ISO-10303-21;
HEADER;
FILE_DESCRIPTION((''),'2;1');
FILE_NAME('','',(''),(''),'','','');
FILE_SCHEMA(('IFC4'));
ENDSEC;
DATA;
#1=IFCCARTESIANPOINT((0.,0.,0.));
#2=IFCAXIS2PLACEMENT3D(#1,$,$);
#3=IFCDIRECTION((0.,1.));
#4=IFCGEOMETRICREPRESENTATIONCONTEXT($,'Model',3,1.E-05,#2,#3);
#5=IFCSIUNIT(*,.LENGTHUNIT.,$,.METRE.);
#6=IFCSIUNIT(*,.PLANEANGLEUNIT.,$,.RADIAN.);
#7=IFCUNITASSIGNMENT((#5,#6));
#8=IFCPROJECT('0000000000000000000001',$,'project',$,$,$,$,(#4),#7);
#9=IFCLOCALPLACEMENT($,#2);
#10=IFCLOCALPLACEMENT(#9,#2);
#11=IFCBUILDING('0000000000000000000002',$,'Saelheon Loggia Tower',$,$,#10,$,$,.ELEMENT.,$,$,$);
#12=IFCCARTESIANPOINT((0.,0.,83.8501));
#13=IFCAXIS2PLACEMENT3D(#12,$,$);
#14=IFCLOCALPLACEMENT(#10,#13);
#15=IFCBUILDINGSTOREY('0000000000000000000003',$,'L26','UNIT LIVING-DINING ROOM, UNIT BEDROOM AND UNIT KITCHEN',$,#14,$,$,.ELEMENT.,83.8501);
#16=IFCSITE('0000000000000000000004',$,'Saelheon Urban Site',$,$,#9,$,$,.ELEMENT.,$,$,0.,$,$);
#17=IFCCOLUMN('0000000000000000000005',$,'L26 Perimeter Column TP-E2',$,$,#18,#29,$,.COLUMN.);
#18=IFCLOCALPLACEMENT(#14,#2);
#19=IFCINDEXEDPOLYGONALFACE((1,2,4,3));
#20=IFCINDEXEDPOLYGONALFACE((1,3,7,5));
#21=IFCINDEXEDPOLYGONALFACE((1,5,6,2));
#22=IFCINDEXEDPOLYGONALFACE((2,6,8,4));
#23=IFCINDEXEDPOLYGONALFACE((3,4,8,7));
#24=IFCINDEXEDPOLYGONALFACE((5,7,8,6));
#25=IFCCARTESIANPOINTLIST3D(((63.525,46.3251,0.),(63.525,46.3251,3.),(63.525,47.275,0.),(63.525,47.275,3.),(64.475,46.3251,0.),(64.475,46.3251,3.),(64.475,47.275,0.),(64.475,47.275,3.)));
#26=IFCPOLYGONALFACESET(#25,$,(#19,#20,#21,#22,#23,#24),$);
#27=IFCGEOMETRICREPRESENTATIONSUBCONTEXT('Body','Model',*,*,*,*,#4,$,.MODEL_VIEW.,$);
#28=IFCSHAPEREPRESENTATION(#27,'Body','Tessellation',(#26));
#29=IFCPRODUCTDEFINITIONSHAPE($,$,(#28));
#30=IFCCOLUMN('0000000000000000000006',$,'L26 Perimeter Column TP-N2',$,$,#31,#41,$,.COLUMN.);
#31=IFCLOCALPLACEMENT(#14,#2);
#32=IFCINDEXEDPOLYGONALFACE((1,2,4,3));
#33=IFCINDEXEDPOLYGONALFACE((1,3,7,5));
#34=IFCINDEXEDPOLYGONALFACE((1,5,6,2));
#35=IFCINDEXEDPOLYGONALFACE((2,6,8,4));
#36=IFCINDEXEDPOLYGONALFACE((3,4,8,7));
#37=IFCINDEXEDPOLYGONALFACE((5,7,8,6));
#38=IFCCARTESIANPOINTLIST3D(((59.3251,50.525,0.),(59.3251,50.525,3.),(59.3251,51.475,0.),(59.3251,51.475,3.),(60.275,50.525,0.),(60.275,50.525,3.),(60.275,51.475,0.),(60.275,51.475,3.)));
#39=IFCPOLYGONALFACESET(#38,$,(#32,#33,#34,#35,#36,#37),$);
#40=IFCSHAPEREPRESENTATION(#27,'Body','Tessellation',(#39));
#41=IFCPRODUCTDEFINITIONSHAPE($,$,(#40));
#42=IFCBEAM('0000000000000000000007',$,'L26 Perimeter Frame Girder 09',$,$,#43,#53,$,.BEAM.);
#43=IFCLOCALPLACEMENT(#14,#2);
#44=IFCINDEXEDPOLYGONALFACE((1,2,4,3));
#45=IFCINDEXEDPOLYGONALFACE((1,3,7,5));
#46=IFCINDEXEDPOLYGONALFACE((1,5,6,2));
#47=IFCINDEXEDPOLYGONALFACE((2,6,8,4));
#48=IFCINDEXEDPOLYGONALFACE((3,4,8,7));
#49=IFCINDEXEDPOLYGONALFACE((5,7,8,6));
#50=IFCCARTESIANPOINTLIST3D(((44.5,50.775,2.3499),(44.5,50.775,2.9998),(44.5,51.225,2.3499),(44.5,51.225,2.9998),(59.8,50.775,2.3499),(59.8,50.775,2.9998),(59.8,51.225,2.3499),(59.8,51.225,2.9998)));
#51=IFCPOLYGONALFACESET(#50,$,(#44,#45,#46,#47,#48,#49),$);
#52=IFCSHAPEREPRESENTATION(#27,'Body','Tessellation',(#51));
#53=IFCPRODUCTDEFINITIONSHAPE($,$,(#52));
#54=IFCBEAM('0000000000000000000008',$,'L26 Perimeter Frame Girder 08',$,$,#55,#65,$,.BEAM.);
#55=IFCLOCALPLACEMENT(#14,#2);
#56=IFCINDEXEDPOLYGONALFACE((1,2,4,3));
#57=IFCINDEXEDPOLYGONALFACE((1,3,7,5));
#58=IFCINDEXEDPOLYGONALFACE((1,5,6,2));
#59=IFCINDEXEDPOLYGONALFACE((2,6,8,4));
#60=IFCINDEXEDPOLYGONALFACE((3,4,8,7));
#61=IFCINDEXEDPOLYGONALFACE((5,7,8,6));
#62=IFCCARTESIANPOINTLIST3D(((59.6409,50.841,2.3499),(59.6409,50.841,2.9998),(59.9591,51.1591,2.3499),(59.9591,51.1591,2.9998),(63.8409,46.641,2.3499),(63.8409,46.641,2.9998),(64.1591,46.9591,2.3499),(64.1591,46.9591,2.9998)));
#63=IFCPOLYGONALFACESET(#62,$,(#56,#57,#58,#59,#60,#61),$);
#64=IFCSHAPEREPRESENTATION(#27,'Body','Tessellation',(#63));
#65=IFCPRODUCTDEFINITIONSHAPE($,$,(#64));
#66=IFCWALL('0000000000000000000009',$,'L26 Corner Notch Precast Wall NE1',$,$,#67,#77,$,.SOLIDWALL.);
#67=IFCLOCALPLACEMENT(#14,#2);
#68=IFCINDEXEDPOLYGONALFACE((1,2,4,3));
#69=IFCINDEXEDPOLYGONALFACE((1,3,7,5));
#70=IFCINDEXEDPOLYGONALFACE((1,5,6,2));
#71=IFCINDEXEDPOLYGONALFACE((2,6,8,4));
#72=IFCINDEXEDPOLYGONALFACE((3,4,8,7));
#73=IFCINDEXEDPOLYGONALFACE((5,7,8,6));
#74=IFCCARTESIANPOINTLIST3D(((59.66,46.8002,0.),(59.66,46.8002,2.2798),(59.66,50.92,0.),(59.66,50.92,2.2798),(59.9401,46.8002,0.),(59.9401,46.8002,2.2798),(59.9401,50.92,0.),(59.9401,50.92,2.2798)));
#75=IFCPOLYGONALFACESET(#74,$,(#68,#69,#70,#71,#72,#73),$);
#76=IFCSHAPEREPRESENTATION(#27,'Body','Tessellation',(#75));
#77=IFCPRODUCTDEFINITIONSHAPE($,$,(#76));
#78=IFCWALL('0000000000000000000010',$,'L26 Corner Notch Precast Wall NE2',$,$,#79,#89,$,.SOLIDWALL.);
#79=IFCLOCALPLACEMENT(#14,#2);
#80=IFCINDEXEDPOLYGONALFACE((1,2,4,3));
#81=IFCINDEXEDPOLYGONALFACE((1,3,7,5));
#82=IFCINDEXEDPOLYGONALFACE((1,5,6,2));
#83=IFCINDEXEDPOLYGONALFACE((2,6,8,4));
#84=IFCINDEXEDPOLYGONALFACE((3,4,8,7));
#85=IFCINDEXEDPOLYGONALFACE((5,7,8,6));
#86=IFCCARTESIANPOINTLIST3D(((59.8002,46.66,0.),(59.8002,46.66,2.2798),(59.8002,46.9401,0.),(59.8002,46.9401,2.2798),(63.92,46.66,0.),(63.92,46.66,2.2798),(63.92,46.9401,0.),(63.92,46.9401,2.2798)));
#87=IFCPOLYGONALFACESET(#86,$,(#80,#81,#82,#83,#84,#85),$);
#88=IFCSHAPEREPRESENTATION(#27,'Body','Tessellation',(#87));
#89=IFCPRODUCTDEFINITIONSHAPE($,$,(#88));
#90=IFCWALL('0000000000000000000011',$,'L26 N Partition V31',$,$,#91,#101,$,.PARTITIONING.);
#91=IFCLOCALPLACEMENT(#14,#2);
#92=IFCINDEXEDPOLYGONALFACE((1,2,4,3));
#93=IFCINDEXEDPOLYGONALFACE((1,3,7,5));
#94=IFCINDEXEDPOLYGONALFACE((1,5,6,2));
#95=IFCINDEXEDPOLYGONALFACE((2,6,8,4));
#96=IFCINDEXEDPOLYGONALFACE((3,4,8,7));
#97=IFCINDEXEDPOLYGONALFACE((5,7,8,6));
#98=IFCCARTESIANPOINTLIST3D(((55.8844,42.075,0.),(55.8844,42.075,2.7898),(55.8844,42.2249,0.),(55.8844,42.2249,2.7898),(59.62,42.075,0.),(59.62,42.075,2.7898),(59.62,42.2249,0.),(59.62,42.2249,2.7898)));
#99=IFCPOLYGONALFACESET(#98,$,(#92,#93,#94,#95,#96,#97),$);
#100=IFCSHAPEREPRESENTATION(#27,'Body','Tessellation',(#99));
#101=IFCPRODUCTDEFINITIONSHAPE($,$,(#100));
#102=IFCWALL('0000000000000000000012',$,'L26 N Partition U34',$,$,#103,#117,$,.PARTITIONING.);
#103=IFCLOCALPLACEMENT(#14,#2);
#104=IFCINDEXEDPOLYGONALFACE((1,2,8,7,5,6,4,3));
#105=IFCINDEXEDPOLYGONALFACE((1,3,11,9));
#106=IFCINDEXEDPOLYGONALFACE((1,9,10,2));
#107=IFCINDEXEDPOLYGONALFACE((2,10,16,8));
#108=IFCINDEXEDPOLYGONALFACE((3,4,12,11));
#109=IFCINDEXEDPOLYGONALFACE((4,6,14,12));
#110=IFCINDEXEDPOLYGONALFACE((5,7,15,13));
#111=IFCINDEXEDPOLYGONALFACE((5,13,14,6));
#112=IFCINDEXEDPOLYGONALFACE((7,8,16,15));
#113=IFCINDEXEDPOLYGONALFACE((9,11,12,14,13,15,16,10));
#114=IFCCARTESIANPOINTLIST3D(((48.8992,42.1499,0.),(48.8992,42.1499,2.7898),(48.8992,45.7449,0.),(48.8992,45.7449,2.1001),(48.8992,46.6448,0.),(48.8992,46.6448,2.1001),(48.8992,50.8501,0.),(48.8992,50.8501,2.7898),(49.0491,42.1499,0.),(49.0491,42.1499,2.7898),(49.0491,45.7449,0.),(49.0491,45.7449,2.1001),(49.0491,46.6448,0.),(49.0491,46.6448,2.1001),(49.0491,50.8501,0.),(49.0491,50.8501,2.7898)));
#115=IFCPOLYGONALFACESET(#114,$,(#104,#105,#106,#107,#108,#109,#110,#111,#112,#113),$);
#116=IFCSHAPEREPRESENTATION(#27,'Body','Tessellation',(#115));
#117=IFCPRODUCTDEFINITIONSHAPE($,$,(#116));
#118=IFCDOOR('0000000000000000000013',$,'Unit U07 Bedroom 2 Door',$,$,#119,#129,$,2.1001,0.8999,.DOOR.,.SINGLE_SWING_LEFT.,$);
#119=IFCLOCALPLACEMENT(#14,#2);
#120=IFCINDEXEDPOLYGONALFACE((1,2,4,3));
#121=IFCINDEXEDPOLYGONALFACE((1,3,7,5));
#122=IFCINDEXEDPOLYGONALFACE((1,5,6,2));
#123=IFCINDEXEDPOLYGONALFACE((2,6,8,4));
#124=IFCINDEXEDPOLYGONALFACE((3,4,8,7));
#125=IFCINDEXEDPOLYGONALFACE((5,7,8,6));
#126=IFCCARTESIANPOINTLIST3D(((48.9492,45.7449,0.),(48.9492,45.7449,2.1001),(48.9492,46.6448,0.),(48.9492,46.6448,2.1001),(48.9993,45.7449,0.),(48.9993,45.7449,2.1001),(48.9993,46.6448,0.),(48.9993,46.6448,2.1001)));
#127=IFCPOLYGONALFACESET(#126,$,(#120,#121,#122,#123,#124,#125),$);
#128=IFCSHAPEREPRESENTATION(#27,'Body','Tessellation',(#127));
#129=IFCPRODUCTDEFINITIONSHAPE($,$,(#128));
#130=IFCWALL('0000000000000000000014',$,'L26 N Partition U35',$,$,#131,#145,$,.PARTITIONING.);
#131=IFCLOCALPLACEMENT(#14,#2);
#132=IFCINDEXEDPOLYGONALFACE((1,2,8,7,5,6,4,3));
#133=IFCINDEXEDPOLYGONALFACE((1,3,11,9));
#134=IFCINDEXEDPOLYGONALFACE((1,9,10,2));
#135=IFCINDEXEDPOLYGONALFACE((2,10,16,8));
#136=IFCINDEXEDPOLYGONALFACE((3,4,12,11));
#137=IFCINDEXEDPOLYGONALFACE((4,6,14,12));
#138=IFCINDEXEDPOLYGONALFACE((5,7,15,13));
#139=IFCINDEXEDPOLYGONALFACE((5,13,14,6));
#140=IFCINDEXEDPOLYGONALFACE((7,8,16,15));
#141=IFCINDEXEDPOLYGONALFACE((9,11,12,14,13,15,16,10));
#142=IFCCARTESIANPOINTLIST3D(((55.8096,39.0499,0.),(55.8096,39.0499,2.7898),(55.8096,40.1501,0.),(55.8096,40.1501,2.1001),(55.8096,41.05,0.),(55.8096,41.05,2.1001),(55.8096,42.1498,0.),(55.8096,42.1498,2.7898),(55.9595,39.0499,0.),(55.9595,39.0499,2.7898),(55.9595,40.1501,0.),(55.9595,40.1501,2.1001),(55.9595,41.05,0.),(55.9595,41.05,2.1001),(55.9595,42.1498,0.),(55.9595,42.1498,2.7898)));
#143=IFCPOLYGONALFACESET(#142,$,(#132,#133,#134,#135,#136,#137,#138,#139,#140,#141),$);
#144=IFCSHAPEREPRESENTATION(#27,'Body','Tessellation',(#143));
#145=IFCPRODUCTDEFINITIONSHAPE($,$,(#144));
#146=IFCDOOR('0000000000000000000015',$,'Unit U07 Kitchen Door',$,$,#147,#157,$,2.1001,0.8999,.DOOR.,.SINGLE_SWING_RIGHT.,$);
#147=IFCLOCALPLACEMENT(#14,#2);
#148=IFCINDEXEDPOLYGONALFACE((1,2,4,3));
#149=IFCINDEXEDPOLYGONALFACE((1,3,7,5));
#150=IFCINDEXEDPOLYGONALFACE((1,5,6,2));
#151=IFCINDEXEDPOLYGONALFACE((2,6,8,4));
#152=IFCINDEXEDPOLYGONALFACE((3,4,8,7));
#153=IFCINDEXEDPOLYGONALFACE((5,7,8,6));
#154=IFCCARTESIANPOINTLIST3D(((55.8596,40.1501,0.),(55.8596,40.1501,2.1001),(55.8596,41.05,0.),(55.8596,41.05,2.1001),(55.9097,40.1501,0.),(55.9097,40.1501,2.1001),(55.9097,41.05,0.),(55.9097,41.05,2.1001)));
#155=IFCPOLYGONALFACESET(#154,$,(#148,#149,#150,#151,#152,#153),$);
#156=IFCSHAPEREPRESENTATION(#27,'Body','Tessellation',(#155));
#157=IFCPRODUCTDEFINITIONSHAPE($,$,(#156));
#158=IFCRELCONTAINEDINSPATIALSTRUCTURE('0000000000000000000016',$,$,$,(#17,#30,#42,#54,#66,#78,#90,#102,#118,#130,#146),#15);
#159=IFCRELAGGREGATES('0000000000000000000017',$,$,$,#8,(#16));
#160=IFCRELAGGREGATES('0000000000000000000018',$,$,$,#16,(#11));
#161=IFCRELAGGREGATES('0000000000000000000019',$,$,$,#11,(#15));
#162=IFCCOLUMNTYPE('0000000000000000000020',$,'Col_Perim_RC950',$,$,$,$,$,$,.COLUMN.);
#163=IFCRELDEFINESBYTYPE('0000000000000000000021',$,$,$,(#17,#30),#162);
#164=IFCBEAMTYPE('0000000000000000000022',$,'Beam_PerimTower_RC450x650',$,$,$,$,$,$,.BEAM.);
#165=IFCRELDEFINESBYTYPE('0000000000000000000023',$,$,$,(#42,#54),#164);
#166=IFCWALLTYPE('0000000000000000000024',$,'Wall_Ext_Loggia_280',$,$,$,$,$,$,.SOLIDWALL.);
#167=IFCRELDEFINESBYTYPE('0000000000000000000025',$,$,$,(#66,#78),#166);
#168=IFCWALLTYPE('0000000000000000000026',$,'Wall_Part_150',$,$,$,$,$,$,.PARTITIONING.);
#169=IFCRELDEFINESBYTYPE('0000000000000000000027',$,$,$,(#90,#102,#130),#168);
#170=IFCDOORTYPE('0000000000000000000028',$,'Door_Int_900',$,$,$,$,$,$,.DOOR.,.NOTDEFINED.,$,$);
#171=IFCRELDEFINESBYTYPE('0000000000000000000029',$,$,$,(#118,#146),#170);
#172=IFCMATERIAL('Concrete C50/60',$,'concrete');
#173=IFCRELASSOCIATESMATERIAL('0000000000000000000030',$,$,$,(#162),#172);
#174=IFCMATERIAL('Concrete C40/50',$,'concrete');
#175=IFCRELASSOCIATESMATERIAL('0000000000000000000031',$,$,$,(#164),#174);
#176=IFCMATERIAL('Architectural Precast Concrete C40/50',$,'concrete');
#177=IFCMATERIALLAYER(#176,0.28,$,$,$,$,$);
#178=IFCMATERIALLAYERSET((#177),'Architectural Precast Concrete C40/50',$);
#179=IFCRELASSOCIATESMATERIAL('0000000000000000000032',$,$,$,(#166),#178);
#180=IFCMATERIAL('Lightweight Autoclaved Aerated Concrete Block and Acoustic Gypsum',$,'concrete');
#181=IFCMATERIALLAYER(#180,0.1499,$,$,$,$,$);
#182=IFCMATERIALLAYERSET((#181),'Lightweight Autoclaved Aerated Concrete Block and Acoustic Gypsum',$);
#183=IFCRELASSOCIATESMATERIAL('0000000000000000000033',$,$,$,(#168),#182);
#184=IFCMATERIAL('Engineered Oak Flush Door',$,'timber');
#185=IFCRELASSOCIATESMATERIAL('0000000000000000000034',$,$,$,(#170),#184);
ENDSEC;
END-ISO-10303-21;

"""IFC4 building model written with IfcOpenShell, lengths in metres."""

from ifc_helpers import new_model, si_unit, direction, frame, frame_2d, origin, origin_2d, place, context, subcontext, project, spatial, rectangle, extrude, source, transform, mapped, material, layer, layer_set, material_profile, profile_set, type_object, element, fill, save


model = new_model("IFC4")

# Units and contexts
model_context = context("Model", 3, precision=1e-05, world=origin(), true_north=direction((0.0, 1.0)))
body_context = subcontext(model_context, "Body", "Model", "MODEL_VIEW")
ifc_project = project(units=[si_unit("LENGTHUNIT", "METRE"), si_unit("PLANEANGLEUNIT", "RADIAN")], contexts=[model_context])

# Site, building, storey
site_placement = place(None, origin())
site = spatial("IfcSite", under=ifc_project, at=site_placement, Name="Saelheon Urban Site", CompositionType="ELEMENT", RefElevation=0.0)
building_placement = place(site_placement, origin())
building = spatial("IfcBuilding", under=site, at=building_placement, Name="Saelheon Loggia Tower", CompositionType="ELEMENT")
storey_placement = place(building_placement, frame((0.0, 0.0, 83.8501)))
storey = spatial("IfcBuildingStorey", under=building, at=storey_placement, Name="L26", Description="UNIT LIVING-DINING ROOM, UNIT BEDROOM AND UNIT KITCHEN", CompositionType="ELEMENT", Elevation=83.8501)

# Columns
ifc_material_1 = material(Name="Concrete C50/60", Category="concrete")
ifc_material_profile_1 = material_profile(ifc_material_1, rectangle(XDim=0.95, YDim=0.95, at=origin_2d()), Name="RC-950x950")
ifc_profile_set_1 = profile_set([ifc_material_profile_1], Name="Concrete C50/60")
column_type = type_object("IfcColumnType", Name="Col_Perim_RC950", PredefinedType="COLUMN", material=ifc_profile_set_1)
shared_shape_1 = source(origin(), body_context, "Body", "SweptSolid", [
    extrude(rectangle(XDim=0.95, YDim=0.95, at=origin_2d()), origin(), (0.0, 0.0, 1.0), 3.0),
])
for number, where, z_axis, x_axis, name in (
    (1, (64.0, 46.8, 0.0), (0.0, 0.0, 1.0), (1.0, 0.0, 0.0), "L26 Perimeter Column TP-E2"),
    (2, (59.8, 51.0, 0.0), (0.0, 0.0, 1.0), (1.0, 0.0, 0.0), "L26 Perimeter Column TP-N2"),
):
    element("IfcColumn", number, at=place(storey_placement, frame(where, z_axis=z_axis, x_axis=x_axis)), inside=storey, type_object=column_type, Name=name, PredefinedType="COLUMN", context=body_context, shape_type="MappedRepresentation", body=[
        mapped(shared_shape_1, transform((0.0, 0.0, 0.0), scale=1.0)),
    ])

# Beams
ifc_material_2 = material(Name="Concrete C40/50", Category="concrete")
ifc_material_profile_2 = material_profile(ifc_material_2, rectangle(XDim=0.45, YDim=0.6499, at=origin_2d()), Name="RC-450x650")
ifc_profile_set_2 = profile_set([ifc_material_profile_2], Name="Concrete C40/50")
beam_type = type_object("IfcBeamType", Name="Beam_PerimTower_RC450x650", PredefinedType="BEAM", material=ifc_profile_set_2)
shared_shape_2 = source(origin(), body_context, "Body", "SweptSolid", [
    extrude(rectangle(XDim=0.45, YDim=0.6499, at=origin_2d()), origin(), (0.0, 0.0, 1.0), 15.3),
])
beam_1_placement = place(storey_placement, frame((59.8, 51.0, 2.6748), z_axis=(-1.0, 0.0, 0.0), x_axis=(0.0, -1.0, 0.0)))
element("IfcBeam", 3, at=beam_1_placement, inside=storey, type_object=beam_type, Name="L26 Perimeter Frame Girder 09", PredefinedType="BEAM", context=body_context, shape_type="MappedRepresentation", body=[
    mapped(shared_shape_2, transform((0.0, 0.0, 0.0), scale=1.0)),
])
shared_shape_3 = source(origin(), body_context, "Body", "SweptSolid", [
    extrude(rectangle(XDim=0.45, YDim=0.6499, at=origin_2d()), origin(), (0.0, 0.0, 1.0), 5.9397),
])
beam_2_placement = place(storey_placement, frame((64.0, 46.8, 2.6748), z_axis=(-0.707107, 0.707107, 0.0), x_axis=(-0.707107, -0.707107, 0.0)))
element("IfcBeam", 4, at=beam_2_placement, inside=storey, type_object=beam_type, Name="L26 Perimeter Frame Girder 08", PredefinedType="BEAM", context=body_context, shape_type="MappedRepresentation", body=[
    mapped(shared_shape_3, transform((0.0, 0.0, 0.0), scale=1.0)),
])

# Walls
ifc_material_3 = material(Name="Architectural Precast Concrete C40/50", Category="concrete")
ifc_layer_1 = layer(ifc_material_3, 0.28)
ifc_layer_set_1 = layer_set([ifc_layer_1], Name="Architectural Precast Concrete C40/50")
wall_type_1 = type_object("IfcWallType", Name="Wall_Ext_Loggia_280", PredefinedType="SOLIDWALL", material=ifc_layer_set_1)
for number, where, z_axis, x_axis, name in (
    (5, (59.8, 46.8, 0.0), (0.0, 0.0, 1.0), (0.0, 1.0, 0.0), "L26 Corner Notch Precast Wall NE1"),
    (6, (59.8, 46.8, 0.0), (0.0, 0.0, 1.0), (1.0, 0.0, 0.0), "L26 Corner Notch Precast Wall NE2"),
):
    element("IfcWall", number, at=place(storey_placement, frame(where, z_axis=z_axis, x_axis=x_axis)), inside=storey, type_object=wall_type_1, Name=name, PredefinedType="SOLIDWALL", context=body_context, shape_type="SweptSolid", body=[
        extrude(rectangle(XDim=4.1199, YDim=0.28, at=frame_2d((2.0601, 0.0))), origin(), (0.0, 0.0, 1.0), 2.2798),
    ])
ifc_material_4 = material(Name="Lightweight Autoclaved Aerated Concrete Block and Acoustic Gypsum", Category="concrete")
ifc_layer_2 = layer(ifc_material_4, 0.1499)
ifc_layer_set_2 = layer_set([ifc_layer_2], Name="Lightweight Autoclaved Aerated Concrete Block and Acoustic Gypsum")
wall_type_2 = type_object("IfcWallType", Name="Wall_Part_150", PredefinedType="PARTITIONING", material=ifc_layer_set_2)
wall_1_placement = place(storey_placement, frame((55.8845, 42.1499, 0.0), z_axis=(0.0, 0.0, 1.0), x_axis=(1.0, 0.0, 0.0)))
element("IfcWall", 7, at=wall_1_placement, inside=storey, type_object=wall_type_2, Name="L26 N Partition V31", PredefinedType="PARTITIONING", context=body_context, shape_type="SweptSolid", body=[
    extrude(rectangle(XDim=3.7356, YDim=0.1499, at=frame_2d((1.8677, 0.0))), origin(), (0.0, 0.0, 1.0), 2.7898),
])

# Walls, openings, doors
wall_2_placement = place(storey_placement, frame((48.9741, 42.1499, 0.0), z_axis=(0.0, 0.0, 1.0), x_axis=(0.0, 1.0, 0.0)))
wall_2 = element("IfcWall", 8, at=wall_2_placement, inside=storey, type_object=wall_type_2, Name="L26 N Partition U34", PredefinedType="PARTITIONING", context=body_context, shape_type="SweptSolid", body=[
    extrude(rectangle(XDim=8.7002, YDim=0.1499, at=frame_2d((4.3501, 0.0))), origin(), (0.0, 0.0, 1.0), 2.7898),
])
opening_1_placement = place(wall_2_placement, frame((3.595, 0.0, 0.0)))
opening_1 = element("IfcOpeningElement", 9, at=opening_1_placement, cuts=wall_2, PredefinedType="OPENING", context=body_context, shape_type="SweptSolid", body=[
    extrude(rectangle(XDim=0.8999, YDim=2.1001, at=frame_2d((0.45, 1.05))), frame((0.0, 0.0869, 0.0), z_axis=(0.0, -1.0, 0.0), x_axis=(1.0, 0.0, 0.0)), (0.0, 0.0, 1.0), 0.1738),
])
ifc_material_5 = material(Name="Engineered Oak Flush Door", Category="timber")
door_type_1 = type_object("IfcDoorType", Name="Door_Int_900", OperationType="NOTDEFINED", PredefinedType="DOOR", material=ifc_material_5)
shared_shape_4 = source(origin(), body_context, "Body", "SweptSolid", [
    extrude(rectangle(XDim=0.8999, YDim=2.1001, at=frame_2d((0.45, 1.05))), frame((0.0, 0.0249, 0.0), z_axis=(0.0, -1.0, 0.0), x_axis=(1.0, 0.0, 0.0)), (0.0, 0.0, 1.0), 0.05),
])
door_1_placement = place(opening_1_placement, origin())
door_1 = element("IfcDoor", 10, at=door_1_placement, inside=storey, type_object=door_type_1, Name="Unit U07 Bedroom 2 Door", OperationType="SINGLE_SWING_LEFT", OverallHeight=2.1001, OverallWidth=0.8999, PredefinedType="DOOR", context=body_context, shape_type="MappedRepresentation", body=[
    mapped(shared_shape_4, transform((0.0, 0.0, 0.0), scale=1.0)),
])
fill(opening_1, door_1)
wall_3_placement = place(storey_placement, frame((55.8845, 39.05, 0.0), z_axis=(0.0, 0.0, 1.0), x_axis=(0.0, 1.0, 0.0)))
wall_3 = element("IfcWall", 11, at=wall_3_placement, inside=storey, type_object=wall_type_2, Name="L26 N Partition U35", PredefinedType="PARTITIONING", context=body_context, shape_type="SweptSolid", body=[
    extrude(rectangle(XDim=3.0999, YDim=0.1499, at=frame_2d((1.5498, 0.0))), origin(), (0.0, 0.0, 1.0), 2.7898),
])
opening_2_placement = place(wall_3_placement, frame((1.1001, 0.0, 0.0)))
opening_2 = element("IfcOpeningElement", 12, at=opening_2_placement, cuts=wall_3, PredefinedType="OPENING", context=body_context, shape_type="SweptSolid", body=[
    extrude(rectangle(XDim=0.8999, YDim=2.1001, at=frame_2d((0.45, 1.05))), frame((0.0, 0.0869, 0.0), z_axis=(0.0, -1.0, 0.0), x_axis=(1.0, 0.0, 0.0)), (0.0, 0.0, 1.0), 0.1738),
])
door_2_placement = place(opening_2_placement, origin())
door_2 = element("IfcDoor", 13, at=door_2_placement, inside=storey, type_object=door_type_1, Name="Unit U07 Kitchen Door", OperationType="SINGLE_SWING_RIGHT", OverallHeight=2.1001, OverallWidth=0.8999, PredefinedType="DOOR", context=body_context, shape_type="MappedRepresentation", body=[
    mapped(shared_shape_4, transform((0.0, 0.0, 0.0), scale=1.0)),
])
fill(opening_2, door_2)

save(model, "model.ifc")
